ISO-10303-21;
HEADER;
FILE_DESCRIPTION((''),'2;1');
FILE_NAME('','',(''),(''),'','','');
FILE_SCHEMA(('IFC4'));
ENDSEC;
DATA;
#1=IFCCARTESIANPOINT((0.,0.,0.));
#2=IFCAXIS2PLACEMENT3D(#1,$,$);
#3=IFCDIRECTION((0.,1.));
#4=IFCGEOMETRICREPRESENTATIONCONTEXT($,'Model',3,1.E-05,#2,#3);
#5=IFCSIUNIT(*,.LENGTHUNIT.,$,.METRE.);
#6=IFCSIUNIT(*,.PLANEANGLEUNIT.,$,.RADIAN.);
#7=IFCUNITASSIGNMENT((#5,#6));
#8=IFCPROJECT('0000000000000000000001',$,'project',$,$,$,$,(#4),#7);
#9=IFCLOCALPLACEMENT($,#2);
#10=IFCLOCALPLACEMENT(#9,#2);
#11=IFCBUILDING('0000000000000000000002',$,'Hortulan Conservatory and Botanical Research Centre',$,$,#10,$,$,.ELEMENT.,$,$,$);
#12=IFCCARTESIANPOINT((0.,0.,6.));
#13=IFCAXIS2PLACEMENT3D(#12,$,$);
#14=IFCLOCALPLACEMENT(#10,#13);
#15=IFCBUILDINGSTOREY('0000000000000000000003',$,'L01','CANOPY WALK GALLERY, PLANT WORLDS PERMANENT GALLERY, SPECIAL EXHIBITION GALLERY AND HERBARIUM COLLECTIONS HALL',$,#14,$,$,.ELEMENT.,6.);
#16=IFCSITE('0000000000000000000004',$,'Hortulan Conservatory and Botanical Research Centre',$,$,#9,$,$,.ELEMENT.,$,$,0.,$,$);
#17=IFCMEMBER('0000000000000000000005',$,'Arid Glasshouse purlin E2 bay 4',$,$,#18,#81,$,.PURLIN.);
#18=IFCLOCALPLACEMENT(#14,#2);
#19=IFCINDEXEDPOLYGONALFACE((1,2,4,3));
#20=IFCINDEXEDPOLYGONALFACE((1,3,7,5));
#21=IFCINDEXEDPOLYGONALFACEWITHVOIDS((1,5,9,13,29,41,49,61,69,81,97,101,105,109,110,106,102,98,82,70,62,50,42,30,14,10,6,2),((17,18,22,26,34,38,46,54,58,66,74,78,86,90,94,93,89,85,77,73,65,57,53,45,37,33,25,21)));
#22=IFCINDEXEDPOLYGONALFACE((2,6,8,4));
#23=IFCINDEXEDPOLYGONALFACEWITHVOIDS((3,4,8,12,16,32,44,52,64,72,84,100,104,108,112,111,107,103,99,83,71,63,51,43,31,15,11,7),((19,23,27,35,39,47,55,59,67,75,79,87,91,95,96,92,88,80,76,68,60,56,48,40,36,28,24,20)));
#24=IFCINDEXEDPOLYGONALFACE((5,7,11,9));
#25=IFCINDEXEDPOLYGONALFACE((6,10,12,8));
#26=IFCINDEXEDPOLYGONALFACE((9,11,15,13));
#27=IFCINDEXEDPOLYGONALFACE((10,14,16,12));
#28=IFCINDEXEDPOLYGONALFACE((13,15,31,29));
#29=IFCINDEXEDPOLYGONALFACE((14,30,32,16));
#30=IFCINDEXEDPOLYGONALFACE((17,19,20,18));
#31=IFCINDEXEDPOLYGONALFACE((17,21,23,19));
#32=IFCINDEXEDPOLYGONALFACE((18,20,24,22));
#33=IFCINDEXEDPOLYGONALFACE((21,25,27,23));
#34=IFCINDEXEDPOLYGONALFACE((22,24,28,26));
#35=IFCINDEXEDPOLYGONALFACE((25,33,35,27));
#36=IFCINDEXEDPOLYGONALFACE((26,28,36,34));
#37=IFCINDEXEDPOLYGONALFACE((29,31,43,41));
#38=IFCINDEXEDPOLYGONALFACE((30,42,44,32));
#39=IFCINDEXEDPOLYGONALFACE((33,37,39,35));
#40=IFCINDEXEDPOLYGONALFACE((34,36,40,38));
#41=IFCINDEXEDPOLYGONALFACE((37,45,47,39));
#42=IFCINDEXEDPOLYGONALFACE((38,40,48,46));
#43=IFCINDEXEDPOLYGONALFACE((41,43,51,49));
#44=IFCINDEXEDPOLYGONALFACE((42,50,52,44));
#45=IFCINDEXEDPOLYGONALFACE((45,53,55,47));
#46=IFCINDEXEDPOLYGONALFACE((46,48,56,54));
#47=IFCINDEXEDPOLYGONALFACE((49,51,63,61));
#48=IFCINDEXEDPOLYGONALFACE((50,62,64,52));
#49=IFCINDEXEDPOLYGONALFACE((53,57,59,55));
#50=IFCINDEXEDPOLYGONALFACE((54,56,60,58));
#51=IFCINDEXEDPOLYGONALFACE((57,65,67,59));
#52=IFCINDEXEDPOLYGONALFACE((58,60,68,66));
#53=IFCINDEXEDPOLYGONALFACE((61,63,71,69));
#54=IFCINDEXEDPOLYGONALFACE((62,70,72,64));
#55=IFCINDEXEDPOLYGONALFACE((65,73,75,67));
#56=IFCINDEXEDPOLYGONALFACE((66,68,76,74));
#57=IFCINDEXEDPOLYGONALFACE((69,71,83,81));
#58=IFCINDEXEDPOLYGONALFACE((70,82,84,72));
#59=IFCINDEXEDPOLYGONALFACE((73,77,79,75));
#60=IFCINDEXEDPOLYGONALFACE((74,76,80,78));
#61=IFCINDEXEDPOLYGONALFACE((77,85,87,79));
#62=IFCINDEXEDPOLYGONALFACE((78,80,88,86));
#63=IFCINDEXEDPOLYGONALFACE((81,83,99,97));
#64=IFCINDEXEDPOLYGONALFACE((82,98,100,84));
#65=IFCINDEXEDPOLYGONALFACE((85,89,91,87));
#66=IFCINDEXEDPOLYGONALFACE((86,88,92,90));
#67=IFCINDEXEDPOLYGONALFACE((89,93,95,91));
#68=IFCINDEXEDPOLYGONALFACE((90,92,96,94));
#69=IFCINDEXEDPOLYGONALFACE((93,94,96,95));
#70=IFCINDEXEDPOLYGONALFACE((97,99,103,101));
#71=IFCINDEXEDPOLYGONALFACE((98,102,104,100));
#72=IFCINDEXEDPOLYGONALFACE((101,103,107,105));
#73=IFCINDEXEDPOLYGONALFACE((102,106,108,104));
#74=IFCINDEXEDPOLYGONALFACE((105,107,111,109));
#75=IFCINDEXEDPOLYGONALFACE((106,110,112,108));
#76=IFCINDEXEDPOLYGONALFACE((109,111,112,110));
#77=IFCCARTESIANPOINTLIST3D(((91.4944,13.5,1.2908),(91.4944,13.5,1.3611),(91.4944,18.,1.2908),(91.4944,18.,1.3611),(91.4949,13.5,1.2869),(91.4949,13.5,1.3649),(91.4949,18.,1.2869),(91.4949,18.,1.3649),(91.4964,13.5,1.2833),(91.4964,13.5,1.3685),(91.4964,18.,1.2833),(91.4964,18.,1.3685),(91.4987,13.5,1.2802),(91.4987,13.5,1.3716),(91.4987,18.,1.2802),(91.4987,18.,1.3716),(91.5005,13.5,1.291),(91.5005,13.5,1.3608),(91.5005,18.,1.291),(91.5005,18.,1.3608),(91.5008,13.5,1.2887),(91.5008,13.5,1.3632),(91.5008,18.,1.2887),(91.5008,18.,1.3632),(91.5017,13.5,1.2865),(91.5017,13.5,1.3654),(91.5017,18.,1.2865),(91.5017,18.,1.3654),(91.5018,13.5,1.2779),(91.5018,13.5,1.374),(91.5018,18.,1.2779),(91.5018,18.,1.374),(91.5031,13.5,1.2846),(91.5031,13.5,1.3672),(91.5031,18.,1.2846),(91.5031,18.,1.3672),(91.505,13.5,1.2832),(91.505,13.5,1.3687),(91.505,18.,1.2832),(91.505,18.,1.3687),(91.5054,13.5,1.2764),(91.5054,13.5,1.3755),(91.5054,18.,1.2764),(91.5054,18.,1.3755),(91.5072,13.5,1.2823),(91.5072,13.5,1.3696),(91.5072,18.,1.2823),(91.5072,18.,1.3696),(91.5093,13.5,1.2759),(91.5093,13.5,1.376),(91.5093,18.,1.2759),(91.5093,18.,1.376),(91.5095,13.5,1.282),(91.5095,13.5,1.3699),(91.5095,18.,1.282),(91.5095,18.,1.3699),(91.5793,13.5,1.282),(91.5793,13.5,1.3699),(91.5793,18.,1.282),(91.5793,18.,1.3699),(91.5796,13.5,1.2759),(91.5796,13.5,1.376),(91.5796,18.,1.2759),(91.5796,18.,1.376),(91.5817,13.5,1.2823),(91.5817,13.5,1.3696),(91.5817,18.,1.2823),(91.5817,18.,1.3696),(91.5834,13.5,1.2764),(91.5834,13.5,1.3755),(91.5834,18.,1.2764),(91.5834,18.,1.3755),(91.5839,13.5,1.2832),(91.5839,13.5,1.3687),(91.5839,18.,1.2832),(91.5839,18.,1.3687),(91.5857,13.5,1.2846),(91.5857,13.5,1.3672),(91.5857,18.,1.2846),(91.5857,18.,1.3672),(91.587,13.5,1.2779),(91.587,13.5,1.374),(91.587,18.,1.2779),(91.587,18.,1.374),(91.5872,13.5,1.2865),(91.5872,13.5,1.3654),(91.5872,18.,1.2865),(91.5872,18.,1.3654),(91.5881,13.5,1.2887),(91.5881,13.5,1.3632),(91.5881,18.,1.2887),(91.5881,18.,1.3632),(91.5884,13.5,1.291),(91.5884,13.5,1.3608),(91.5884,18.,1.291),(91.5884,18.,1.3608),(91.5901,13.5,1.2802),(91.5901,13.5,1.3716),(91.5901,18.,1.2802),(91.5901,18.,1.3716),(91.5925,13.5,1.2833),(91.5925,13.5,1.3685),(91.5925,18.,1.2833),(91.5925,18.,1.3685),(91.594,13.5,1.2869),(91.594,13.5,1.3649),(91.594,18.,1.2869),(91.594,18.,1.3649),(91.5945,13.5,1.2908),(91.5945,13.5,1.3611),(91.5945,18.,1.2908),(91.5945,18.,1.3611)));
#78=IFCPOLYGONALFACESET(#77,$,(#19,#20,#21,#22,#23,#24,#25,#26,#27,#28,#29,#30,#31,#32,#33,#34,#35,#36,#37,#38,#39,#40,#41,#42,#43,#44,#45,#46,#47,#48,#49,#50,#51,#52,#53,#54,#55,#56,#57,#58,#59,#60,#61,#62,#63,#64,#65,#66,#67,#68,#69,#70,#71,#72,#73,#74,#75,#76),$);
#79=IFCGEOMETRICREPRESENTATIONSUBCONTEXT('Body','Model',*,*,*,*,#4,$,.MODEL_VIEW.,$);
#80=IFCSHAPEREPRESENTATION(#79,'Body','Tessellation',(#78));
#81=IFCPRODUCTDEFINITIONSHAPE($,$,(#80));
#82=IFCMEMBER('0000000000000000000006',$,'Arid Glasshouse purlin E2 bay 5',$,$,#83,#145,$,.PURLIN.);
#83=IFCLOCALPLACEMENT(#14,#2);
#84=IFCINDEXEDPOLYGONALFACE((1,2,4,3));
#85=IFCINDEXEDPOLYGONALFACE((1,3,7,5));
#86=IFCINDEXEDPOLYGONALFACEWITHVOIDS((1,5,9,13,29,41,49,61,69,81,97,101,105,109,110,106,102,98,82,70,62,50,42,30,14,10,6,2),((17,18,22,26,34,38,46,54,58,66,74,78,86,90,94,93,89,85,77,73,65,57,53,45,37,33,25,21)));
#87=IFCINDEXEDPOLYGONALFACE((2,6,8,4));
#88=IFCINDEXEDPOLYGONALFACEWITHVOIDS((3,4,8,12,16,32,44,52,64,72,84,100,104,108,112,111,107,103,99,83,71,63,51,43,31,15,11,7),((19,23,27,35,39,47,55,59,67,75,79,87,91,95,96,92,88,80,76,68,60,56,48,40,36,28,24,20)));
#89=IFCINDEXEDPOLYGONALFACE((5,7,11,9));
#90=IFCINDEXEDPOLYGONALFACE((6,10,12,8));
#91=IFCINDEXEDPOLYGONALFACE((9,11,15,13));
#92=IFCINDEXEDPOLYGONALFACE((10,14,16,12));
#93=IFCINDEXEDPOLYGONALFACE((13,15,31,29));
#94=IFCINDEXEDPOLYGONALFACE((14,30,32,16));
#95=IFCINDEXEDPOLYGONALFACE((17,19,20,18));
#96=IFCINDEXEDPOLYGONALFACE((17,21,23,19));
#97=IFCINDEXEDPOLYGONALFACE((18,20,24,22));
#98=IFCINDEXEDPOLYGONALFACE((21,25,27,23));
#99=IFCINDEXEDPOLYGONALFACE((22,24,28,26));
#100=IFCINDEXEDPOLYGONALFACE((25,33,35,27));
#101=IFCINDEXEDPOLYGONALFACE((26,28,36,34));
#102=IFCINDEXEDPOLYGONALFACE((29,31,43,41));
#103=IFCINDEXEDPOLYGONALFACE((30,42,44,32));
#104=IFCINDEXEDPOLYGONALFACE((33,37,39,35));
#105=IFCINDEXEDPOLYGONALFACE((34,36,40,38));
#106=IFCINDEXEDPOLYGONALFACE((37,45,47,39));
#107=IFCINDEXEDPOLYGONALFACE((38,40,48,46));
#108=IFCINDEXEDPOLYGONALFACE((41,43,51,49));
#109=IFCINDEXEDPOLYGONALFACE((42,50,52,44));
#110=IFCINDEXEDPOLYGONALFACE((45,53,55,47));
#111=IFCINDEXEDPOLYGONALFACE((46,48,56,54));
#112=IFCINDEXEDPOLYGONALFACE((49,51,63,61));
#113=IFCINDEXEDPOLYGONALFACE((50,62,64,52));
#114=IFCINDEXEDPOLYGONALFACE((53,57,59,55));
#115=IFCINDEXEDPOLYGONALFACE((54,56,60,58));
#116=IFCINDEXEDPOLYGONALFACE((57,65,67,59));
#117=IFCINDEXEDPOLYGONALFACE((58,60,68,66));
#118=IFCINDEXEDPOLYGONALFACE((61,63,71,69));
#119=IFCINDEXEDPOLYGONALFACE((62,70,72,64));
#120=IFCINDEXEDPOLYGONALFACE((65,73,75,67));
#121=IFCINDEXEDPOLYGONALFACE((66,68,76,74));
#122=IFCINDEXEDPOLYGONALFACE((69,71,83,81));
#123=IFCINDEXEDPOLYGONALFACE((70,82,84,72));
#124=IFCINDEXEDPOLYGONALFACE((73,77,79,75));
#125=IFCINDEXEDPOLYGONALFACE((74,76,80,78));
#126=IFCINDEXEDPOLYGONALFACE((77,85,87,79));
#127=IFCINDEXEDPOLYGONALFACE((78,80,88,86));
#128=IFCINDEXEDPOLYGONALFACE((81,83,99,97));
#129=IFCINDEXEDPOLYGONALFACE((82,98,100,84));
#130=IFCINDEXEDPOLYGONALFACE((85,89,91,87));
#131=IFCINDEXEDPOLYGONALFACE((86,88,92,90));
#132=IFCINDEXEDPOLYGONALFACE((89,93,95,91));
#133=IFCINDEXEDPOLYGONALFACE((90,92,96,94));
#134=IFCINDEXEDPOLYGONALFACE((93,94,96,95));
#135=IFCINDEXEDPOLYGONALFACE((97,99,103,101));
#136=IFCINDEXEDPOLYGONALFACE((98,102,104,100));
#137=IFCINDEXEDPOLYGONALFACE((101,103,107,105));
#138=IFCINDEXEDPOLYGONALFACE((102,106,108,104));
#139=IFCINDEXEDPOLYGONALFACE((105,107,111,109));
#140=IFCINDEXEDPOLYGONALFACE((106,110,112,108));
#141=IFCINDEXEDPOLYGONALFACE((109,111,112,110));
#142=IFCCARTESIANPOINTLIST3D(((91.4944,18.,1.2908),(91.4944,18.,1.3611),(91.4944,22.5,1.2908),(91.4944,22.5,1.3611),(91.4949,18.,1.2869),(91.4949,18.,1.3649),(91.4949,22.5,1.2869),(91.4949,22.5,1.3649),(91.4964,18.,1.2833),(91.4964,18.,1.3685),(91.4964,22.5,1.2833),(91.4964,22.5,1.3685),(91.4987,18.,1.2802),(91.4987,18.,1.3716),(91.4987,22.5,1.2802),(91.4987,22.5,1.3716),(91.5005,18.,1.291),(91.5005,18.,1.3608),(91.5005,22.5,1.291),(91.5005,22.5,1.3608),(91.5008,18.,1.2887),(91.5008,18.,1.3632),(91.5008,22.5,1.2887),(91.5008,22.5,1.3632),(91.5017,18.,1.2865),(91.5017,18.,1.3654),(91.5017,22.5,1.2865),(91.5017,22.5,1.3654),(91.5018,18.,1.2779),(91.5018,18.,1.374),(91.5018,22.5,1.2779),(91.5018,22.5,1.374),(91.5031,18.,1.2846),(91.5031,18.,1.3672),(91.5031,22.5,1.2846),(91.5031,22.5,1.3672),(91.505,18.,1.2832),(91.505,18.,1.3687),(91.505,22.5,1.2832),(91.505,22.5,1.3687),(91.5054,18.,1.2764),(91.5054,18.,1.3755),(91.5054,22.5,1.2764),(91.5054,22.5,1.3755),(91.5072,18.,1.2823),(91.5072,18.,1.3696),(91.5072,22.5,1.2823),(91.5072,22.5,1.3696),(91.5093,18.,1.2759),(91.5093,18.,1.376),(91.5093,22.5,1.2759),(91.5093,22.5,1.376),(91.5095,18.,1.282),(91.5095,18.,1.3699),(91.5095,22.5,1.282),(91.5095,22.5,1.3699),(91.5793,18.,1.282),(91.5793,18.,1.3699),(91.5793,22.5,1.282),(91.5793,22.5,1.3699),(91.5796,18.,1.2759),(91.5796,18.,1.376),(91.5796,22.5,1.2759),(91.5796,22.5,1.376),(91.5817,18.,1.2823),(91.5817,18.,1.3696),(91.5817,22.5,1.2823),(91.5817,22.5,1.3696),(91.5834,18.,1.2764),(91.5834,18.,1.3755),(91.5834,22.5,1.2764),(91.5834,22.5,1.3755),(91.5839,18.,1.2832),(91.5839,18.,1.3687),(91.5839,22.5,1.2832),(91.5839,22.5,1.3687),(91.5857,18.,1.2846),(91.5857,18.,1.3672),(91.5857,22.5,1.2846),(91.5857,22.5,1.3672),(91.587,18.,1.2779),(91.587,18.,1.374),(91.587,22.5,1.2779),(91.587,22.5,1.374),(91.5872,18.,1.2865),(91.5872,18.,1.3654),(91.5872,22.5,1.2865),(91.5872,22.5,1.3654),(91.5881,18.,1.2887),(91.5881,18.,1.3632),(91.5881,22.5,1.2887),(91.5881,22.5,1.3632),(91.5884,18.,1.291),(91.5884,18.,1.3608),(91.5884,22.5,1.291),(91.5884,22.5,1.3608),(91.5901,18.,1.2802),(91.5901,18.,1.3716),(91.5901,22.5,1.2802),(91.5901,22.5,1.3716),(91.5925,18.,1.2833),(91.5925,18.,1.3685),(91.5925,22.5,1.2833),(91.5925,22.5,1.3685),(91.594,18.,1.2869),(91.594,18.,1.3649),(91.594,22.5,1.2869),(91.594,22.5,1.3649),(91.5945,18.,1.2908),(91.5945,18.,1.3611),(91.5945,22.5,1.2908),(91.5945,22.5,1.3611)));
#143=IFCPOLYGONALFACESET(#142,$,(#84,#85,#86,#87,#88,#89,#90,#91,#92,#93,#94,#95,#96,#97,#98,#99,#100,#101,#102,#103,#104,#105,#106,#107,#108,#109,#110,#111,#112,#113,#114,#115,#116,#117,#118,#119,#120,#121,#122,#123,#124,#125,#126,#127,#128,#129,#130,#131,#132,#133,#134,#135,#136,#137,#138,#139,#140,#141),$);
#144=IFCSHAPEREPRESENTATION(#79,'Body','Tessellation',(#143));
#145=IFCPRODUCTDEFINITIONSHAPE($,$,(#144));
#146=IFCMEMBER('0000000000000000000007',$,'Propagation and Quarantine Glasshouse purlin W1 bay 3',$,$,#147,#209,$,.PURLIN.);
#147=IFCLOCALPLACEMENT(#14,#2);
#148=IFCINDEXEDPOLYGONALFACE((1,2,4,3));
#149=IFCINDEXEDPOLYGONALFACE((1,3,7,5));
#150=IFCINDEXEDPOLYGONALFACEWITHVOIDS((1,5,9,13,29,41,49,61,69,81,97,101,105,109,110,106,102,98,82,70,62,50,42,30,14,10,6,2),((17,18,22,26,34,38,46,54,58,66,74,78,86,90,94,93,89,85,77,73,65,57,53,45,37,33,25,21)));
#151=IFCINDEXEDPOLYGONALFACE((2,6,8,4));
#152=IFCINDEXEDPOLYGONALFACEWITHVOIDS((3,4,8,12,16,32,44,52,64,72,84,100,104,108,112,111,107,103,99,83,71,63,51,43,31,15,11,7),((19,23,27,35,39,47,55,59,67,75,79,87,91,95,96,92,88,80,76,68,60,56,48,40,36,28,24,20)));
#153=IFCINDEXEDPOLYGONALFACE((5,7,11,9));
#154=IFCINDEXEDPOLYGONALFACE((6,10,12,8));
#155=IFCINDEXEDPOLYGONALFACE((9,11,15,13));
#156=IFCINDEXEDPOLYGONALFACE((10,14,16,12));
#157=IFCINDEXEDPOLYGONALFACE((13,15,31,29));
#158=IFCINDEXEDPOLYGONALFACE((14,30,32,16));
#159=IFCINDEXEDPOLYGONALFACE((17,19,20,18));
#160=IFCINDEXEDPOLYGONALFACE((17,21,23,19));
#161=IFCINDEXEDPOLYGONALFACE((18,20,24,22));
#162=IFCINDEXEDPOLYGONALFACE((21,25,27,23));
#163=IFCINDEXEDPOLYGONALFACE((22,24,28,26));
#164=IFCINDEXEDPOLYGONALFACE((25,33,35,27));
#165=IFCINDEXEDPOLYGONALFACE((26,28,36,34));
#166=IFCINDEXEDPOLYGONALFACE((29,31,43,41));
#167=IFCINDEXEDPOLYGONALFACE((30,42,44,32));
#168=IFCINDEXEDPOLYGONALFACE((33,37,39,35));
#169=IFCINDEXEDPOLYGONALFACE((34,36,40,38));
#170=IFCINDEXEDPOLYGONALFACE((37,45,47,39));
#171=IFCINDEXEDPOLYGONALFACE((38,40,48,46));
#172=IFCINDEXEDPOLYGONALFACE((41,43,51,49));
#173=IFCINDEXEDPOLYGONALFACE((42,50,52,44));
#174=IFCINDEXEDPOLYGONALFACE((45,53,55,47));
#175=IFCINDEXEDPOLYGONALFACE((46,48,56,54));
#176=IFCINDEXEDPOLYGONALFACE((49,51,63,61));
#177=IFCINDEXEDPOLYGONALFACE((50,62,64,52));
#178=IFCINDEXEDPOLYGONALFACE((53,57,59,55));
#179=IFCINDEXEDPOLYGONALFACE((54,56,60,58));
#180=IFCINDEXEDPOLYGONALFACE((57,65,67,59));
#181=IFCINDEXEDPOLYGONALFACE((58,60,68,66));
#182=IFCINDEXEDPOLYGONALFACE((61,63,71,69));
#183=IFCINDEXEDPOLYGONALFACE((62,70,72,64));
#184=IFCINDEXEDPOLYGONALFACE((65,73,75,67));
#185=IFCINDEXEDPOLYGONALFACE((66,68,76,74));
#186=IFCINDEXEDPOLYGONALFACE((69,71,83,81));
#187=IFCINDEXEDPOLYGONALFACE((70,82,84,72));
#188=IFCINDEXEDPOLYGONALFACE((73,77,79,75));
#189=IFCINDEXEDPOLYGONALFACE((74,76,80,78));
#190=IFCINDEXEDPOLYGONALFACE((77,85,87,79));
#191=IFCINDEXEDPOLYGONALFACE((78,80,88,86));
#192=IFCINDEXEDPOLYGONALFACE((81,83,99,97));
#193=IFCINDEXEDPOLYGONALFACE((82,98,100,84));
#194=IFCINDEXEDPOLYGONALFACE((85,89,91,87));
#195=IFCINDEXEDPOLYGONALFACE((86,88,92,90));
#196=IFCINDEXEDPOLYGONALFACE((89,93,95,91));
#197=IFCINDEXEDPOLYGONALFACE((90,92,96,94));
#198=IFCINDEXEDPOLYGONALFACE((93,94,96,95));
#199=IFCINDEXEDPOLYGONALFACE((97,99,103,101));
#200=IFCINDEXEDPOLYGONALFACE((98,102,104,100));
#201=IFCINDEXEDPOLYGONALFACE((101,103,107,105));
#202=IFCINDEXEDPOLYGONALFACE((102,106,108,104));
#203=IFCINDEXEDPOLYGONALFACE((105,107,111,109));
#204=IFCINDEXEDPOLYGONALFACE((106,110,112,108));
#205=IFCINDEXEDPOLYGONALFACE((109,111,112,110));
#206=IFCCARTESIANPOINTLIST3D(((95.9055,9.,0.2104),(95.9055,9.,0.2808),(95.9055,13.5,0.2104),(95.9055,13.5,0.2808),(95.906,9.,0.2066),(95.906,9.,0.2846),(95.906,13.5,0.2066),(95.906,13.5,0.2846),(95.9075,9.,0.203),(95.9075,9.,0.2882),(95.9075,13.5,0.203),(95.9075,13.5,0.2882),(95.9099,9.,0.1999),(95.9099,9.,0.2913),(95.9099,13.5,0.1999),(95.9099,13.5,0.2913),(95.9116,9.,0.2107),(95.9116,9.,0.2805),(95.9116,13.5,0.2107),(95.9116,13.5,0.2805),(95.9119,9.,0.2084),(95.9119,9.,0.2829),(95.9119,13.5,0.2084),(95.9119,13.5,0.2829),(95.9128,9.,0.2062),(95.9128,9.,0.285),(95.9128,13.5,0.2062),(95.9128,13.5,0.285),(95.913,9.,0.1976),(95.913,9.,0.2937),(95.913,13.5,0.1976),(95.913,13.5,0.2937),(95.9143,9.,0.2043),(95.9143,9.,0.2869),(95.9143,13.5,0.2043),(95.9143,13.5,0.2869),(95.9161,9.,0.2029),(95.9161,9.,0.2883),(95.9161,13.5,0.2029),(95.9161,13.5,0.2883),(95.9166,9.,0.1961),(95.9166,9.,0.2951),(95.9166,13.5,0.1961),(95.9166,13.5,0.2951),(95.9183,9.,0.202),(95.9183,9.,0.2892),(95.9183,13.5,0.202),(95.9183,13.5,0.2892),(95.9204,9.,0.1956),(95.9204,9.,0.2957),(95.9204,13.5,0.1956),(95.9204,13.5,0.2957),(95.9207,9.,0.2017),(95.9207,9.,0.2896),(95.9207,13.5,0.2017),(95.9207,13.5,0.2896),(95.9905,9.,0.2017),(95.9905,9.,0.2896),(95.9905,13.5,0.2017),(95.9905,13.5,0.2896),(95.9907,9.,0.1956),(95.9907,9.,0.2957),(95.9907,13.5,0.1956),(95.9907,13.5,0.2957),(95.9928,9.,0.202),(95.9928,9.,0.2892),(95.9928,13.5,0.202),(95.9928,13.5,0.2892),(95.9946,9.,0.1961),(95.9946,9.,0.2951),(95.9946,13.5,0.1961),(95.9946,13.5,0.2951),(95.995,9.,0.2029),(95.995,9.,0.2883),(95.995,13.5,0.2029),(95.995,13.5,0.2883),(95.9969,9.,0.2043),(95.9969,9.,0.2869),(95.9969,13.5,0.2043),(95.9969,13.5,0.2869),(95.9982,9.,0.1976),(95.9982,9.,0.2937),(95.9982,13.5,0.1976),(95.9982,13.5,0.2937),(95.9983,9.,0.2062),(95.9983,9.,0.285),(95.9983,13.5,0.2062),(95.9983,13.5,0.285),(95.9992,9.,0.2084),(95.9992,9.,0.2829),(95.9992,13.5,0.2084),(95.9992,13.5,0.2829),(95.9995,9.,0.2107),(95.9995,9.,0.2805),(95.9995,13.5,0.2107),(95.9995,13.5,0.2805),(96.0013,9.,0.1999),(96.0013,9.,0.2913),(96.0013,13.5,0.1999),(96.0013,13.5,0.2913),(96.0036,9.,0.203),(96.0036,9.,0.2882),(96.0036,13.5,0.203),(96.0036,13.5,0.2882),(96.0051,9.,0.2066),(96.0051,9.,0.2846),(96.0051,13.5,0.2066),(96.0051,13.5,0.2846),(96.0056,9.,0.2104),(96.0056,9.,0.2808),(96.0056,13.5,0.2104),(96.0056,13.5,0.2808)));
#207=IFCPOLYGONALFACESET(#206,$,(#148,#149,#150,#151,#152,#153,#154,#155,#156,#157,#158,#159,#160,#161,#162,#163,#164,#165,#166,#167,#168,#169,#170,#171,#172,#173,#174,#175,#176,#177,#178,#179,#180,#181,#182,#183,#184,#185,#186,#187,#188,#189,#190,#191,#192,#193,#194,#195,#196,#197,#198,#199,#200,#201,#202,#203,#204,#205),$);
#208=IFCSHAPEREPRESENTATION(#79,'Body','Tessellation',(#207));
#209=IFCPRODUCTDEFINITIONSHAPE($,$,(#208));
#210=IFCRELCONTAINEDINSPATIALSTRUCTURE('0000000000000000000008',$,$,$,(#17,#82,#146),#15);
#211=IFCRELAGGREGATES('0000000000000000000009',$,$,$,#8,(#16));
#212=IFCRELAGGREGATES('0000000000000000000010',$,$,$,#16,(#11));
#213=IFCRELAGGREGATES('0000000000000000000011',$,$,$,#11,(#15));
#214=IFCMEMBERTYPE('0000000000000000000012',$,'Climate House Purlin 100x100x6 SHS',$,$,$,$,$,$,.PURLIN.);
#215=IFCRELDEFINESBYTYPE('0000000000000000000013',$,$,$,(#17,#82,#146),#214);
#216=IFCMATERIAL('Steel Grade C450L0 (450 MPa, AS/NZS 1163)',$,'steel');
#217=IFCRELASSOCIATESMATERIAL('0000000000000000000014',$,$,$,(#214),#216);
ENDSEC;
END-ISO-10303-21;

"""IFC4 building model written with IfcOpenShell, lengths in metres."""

from ifc_helpers import new_model, si_unit, direction, frame, origin, origin_2d, place, context, subcontext, project, spatial, hollow_rectangle, extrude, material, material_profile, profile_set, type_object, element, save


model = new_model("IFC4")

# Units and contexts
model_context = context("Model", 3, precision=1e-05, world=origin(), true_north=direction((0.0, 1.0)))
body_context = subcontext(model_context, "Body", "Model", "MODEL_VIEW")
ifc_project = project(units=[si_unit("LENGTHUNIT", "METRE"), si_unit("PLANEANGLEUNIT", "RADIAN")], contexts=[model_context])

# Site, building, storey
site_placement = place(None, origin())
site = spatial("IfcSite", under=ifc_project, at=site_placement, Name="Hortulan Conservatory and Botanical Research Centre", CompositionType="ELEMENT", RefElevation=0.0)
building_placement = place(site_placement, origin())
building = spatial("IfcBuilding", under=site, at=building_placement, Name="Hortulan Conservatory and Botanical Research Centre", CompositionType="ELEMENT")
storey_placement = place(building_placement, frame((0.0, 0.0, 6.0)))
storey = spatial("IfcBuildingStorey", under=building, at=storey_placement, Name="L01", Description="CANOPY WALK GALLERY, PLANT WORLDS PERMANENT GALLERY, SPECIAL EXHIBITION GALLERY AND HERBARIUM COLLECTIONS HALL", CompositionType="ELEMENT", Elevation=6.0)

# Members
ifc_material_1 = material(Name="Steel Grade C450L0 (450 MPa, AS/NZS 1163)", Category="steel")
ifc_material_profile_1 = material_profile(ifc_material_1, hollow_rectangle(XDim=0.1001, YDim=0.1001, WallThickness=0.0061, InnerFilletRadius=0.009, OuterFilletRadius=0.0149, at=origin_2d()), Name="100x100x6SHS")
ifc_profile_set_1 = profile_set([ifc_material_profile_1], Name="Steel Grade C450L0 (450 MPa, AS/NZS 1163)")
member_type_1 = type_object("IfcMemberType", Name="Climate House Purlin 100x100x6 SHS", PredefinedType="PURLIN", material=ifc_profile_set_1)
for number, where, z_axis, x_axis, name in (
    (1, (91.5444, 13.5, 1.3259), (0.0, 1.0, 0.0), (-1.0, 0.0, 0.0), "Arid Glasshouse purlin E2 bay 4"),
    (2, (91.5444, 18.0, 1.3259), (0.0, 1.0, 0.0), (-1.0, 0.0, 0.0), "Arid Glasshouse purlin E2 bay 5"),
    (3, (95.9556, 9.0, 0.2456), (0.0, 1.0, 0.0), (-1.0, 0.0, 0.0), "Propagation and Quarantine Glasshouse purlin W1 bay 3"),
):
    element("IfcMember", number, at=place(storey_placement, frame(where, z_axis=z_axis, x_axis=x_axis)), inside=storey, type_object=member_type_1, Name=name, PredefinedType="PURLIN", context=body_context, shape_type="SweptSolid", body=[
        extrude(hollow_rectangle(XDim=0.1001, YDim=0.1001, WallThickness=0.0061, InnerFilletRadius=0.009, OuterFilletRadius=0.0149, at=origin_2d()), origin(), (0.0, 0.0, 1.0), 4.5),
    ])

save(model, "model.ifc")
